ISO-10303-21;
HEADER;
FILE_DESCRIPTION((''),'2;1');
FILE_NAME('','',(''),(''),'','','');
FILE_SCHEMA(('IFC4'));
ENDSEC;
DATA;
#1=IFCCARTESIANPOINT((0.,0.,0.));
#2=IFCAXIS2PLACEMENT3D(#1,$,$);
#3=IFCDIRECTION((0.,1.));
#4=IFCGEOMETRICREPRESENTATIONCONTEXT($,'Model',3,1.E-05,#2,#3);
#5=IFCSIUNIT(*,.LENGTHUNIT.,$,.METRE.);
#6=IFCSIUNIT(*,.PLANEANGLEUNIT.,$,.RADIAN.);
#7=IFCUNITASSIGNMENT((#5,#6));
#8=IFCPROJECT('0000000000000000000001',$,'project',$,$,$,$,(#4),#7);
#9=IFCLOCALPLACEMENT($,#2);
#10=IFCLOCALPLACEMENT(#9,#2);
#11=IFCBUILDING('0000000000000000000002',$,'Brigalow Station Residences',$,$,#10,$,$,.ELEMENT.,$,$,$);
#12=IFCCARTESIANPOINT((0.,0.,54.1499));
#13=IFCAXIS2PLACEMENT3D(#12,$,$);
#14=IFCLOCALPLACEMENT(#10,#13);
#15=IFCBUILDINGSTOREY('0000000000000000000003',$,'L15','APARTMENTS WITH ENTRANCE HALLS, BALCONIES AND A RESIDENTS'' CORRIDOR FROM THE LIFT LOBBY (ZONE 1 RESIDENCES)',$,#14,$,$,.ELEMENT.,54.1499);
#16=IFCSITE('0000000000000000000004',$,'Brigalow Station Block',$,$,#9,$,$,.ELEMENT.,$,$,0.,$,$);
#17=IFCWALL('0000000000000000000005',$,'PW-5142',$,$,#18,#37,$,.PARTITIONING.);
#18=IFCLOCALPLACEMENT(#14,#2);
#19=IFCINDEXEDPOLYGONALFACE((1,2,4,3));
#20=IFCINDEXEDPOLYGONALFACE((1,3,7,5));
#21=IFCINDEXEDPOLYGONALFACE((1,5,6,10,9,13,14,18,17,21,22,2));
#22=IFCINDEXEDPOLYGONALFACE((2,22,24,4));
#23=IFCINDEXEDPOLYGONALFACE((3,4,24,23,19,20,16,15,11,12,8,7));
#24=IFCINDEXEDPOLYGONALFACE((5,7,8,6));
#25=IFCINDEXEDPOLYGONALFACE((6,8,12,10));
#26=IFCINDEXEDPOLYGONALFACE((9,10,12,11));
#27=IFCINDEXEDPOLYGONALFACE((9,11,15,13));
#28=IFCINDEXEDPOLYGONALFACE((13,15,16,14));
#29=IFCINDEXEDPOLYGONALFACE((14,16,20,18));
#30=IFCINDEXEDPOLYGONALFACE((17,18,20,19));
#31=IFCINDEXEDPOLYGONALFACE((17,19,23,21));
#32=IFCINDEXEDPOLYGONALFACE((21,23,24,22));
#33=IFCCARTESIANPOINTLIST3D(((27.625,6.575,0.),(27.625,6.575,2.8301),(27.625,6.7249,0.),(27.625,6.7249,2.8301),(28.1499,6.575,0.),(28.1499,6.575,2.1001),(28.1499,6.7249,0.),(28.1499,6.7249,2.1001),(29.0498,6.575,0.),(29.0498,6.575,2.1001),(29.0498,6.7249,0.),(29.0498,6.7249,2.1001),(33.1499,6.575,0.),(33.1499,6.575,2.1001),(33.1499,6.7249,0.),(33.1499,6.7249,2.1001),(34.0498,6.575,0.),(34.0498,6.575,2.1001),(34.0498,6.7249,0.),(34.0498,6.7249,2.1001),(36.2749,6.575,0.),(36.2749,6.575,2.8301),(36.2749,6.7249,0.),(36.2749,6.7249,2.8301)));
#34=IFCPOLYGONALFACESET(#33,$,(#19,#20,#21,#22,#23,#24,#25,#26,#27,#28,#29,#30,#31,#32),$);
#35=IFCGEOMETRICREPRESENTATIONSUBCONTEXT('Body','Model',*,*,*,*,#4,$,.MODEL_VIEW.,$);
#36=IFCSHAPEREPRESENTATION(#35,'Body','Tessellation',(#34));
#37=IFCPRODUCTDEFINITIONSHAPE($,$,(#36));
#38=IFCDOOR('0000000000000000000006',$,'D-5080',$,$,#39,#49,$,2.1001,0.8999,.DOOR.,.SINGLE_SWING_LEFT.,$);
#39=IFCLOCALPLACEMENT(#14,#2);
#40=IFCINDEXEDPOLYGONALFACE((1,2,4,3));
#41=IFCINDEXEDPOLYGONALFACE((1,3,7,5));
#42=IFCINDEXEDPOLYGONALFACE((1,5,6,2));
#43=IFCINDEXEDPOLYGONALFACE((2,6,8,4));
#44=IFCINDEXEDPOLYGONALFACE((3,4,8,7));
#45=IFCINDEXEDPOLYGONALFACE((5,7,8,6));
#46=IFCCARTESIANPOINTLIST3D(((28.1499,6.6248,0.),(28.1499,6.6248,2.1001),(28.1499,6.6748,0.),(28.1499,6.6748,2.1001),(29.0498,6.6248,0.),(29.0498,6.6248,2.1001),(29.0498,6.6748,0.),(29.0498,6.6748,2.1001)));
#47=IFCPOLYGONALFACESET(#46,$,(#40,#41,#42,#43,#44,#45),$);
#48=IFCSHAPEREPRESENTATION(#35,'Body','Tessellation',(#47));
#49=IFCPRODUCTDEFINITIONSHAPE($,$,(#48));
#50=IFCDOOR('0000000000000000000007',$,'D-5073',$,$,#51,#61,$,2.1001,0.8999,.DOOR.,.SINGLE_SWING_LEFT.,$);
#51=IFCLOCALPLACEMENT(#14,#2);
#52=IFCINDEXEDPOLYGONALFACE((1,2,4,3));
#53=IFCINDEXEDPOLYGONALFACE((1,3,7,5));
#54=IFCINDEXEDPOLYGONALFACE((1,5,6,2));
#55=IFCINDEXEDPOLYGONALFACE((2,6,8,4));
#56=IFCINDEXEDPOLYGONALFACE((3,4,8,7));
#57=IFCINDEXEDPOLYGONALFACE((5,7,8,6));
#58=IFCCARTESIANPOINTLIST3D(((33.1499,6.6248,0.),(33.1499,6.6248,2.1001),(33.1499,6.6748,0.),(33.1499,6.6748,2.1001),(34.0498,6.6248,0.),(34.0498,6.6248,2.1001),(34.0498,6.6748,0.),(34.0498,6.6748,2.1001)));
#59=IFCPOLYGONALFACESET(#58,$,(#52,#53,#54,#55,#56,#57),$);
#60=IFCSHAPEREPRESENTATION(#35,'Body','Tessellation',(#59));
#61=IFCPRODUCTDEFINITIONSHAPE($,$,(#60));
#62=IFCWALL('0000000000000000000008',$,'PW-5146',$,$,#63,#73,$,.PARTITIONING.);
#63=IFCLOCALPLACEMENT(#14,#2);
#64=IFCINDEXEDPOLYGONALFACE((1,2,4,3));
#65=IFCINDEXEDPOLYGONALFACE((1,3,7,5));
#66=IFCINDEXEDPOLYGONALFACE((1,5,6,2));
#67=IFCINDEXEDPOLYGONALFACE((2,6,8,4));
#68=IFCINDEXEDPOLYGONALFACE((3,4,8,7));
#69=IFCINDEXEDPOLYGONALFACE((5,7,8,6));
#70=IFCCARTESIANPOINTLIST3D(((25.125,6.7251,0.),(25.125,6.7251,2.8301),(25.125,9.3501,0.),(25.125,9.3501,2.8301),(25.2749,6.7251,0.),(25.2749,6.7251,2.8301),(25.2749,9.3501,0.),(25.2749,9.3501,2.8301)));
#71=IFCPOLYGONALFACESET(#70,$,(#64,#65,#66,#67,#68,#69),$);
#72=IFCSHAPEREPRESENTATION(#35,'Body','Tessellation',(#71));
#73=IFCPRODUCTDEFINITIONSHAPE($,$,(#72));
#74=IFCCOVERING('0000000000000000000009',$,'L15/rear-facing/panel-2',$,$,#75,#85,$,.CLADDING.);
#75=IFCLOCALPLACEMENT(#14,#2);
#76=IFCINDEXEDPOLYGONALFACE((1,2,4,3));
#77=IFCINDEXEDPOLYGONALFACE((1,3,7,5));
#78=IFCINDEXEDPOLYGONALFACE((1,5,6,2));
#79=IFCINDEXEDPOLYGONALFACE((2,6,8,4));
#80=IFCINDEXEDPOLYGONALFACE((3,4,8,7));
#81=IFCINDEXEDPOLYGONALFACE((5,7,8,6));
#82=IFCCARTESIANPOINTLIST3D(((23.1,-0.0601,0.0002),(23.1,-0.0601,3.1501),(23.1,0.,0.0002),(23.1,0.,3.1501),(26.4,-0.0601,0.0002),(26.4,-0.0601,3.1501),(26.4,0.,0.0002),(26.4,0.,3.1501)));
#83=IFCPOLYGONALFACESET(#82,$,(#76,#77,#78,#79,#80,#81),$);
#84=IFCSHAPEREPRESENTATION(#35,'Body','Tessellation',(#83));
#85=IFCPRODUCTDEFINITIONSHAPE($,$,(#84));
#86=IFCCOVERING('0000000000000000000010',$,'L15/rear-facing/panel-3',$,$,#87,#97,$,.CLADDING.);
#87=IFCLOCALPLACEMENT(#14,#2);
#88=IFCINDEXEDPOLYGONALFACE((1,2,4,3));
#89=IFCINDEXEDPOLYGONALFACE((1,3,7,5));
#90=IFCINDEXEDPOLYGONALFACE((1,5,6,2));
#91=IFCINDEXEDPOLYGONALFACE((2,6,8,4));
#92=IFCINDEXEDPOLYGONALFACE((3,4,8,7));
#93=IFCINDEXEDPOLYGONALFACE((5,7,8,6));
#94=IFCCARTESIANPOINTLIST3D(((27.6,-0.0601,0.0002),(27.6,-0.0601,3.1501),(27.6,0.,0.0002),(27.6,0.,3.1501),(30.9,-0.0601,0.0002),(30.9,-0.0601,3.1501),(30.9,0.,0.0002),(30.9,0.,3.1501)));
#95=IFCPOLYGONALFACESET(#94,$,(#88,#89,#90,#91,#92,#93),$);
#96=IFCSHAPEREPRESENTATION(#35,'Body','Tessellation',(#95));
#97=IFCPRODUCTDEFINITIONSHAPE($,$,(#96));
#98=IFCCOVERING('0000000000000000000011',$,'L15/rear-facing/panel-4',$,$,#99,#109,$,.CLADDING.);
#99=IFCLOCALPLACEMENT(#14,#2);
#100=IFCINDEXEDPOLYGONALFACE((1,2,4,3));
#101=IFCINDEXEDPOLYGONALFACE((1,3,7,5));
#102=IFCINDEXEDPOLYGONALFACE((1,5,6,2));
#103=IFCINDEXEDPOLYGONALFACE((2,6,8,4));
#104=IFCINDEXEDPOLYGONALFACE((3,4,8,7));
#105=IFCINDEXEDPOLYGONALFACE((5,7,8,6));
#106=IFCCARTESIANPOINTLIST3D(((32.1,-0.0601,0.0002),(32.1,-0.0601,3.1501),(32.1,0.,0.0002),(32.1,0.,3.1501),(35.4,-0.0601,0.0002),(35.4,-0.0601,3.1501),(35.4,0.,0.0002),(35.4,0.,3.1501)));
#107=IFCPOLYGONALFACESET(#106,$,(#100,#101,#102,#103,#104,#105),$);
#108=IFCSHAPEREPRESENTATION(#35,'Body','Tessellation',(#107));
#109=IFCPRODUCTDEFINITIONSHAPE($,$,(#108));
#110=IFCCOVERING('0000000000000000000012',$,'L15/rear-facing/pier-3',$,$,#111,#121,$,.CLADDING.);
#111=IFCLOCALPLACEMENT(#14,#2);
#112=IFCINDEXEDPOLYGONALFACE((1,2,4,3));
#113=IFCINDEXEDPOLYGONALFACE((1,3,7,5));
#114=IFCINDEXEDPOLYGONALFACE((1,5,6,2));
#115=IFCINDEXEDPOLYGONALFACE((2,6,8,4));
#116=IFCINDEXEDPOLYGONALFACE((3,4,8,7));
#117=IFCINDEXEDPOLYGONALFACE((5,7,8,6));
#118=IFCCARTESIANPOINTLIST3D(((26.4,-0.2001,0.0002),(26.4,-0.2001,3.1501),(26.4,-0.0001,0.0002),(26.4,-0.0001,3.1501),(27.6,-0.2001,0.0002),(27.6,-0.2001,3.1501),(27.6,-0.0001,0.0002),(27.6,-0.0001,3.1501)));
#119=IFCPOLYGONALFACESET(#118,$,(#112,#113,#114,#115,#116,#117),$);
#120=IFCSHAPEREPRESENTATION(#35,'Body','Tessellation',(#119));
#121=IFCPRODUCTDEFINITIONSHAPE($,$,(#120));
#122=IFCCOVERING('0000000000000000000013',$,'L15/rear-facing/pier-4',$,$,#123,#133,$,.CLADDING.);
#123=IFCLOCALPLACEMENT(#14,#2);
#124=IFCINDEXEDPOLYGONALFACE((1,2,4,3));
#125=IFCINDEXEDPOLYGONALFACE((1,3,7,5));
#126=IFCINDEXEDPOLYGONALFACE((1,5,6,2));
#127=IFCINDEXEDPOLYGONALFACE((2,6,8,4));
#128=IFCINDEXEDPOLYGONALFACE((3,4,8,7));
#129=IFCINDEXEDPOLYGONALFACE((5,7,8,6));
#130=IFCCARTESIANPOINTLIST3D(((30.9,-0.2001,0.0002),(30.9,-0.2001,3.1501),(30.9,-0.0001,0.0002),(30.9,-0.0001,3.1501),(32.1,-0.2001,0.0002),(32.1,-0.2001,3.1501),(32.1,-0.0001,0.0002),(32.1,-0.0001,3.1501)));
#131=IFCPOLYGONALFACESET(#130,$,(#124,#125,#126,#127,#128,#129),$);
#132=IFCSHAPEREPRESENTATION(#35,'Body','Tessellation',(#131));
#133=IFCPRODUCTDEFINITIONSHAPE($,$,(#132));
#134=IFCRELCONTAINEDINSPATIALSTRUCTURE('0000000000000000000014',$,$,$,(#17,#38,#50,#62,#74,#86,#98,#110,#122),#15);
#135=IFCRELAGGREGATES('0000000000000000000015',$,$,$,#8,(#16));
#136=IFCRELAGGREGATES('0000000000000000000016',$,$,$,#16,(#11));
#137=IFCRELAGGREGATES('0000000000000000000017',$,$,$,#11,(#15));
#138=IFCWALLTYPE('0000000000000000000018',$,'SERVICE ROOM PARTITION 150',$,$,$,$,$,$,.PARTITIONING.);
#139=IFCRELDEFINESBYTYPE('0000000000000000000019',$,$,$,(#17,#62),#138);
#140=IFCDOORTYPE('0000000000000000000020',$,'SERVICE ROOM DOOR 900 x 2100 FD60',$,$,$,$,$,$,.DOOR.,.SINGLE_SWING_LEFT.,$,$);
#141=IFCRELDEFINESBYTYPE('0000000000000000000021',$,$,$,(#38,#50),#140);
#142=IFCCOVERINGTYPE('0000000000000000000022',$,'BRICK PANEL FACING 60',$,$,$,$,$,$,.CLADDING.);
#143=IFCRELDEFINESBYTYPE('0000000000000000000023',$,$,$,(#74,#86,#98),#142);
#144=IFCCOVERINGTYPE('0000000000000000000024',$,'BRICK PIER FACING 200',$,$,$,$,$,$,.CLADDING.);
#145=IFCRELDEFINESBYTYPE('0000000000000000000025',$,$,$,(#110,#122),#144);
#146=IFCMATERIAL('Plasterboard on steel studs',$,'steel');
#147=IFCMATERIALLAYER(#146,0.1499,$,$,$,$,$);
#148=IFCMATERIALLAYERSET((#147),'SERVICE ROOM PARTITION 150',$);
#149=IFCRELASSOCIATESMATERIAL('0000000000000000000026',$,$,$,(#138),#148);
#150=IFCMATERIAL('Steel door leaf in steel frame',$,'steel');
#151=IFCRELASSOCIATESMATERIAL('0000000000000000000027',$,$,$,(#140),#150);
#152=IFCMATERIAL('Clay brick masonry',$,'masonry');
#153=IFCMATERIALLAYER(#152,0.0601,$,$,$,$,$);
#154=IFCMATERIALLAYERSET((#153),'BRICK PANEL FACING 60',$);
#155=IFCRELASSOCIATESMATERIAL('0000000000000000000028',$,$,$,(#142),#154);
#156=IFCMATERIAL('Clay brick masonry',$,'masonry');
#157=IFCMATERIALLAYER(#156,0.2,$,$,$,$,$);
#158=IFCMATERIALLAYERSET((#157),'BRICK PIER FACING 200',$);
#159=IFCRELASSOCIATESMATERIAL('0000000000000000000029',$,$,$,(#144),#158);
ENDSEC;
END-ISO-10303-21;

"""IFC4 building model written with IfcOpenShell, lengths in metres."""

from ifc_helpers import new_model, si_unit, direction, frame, frame_2d, origin, origin_2d, place, context, subcontext, project, spatial, rectangle, extrude, material, layer, layer_set, type_object, element, fill, save


model = new_model("IFC4")

# Units and contexts
model_context = context("Model", 3, precision=1e-05, world=origin(), true_north=direction((0.0, 1.0)))
body_context = subcontext(model_context, "Body", "Model", "MODEL_VIEW")
ifc_project = project(units=[si_unit("LENGTHUNIT", "METRE"), si_unit("PLANEANGLEUNIT", "RADIAN")], contexts=[model_context])

# Site, building, storey
site_placement = place(None, origin())
site = spatial("IfcSite", under=ifc_project, at=site_placement, Name="Brigalow Station Block", CompositionType="ELEMENT", RefElevation=0.0)
building_placement = place(site_placement, origin())
building = spatial("IfcBuilding", under=site, at=building_placement, Name="Brigalow Station Residences", CompositionType="ELEMENT")
storey_placement = place(building_placement, frame((0.0, 0.0, 54.1499)))
storey = spatial("IfcBuildingStorey", under=building, at=storey_placement, Name="L15", Description="APARTMENTS WITH ENTRANCE HALLS, BALCONIES AND A RESIDENTS' CORRIDOR FROM THE LIFT LOBBY (ZONE 1 RESIDENCES)", CompositionType="ELEMENT", Elevation=54.1499)

# Wall, openings, doors
ifc_material_1 = material(Name="Plasterboard on steel studs", Category="steel")
ifc_layer_1 = layer(ifc_material_1, 0.1499)
ifc_layer_set_1 = layer_set([ifc_layer_1], Name="SERVICE ROOM PARTITION 150")
wall_type_1 = type_object("IfcWallType", Name="SERVICE ROOM PARTITION 150", PredefinedType="PARTITIONING", material=ifc_layer_set_1)
wall_1_placement = place(storey_placement, frame((27.625, 6.6499, 0.0), z_axis=(0.0, 0.0, 1.0), x_axis=(1.0, 0.0, 0.0)))
wall_1 = element("IfcWall", 1, at=wall_1_placement, inside=storey, type_object=wall_type_1, Name="PW-5142", PredefinedType="PARTITIONING", context=body_context, shape_type="SweptSolid", body=[
    extrude(rectangle(XDim=8.6499, YDim=0.1499, at=frame_2d((4.325, 0.0))), origin(), (0.0, 0.0, 1.0), 2.8301),
])
opening_1_placement = place(wall_1_placement, frame((0.5249, 0.0, 0.0)))
opening_1 = element("IfcOpeningElement", 2, at=opening_1_placement, cuts=wall_1, PredefinedType="OPENING", context=body_context, shape_type="SweptSolid", body=[
    extrude(rectangle(XDim=0.8999, YDim=2.1001, at=frame_2d((0.45, 1.05))), frame((0.0, 0.085, 0.0), z_axis=(0.0, -1.0, 0.0), x_axis=(1.0, 0.0, 0.0)), (0.0, 0.0, 1.0), 0.1699),
])
opening_2_placement = place(wall_1_placement, frame((5.5249, 0.0, 0.0)))
opening_2 = element("IfcOpeningElement", 3, at=opening_2_placement, cuts=wall_1, PredefinedType="OPENING", context=body_context, shape_type="SweptSolid", body=[
    extrude(rectangle(XDim=0.8999, YDim=2.1001, at=frame_2d((0.45, 1.05))), frame((0.0, 0.085, 0.0), z_axis=(0.0, -1.0, 0.0), x_axis=(1.0, 0.0, 0.0)), (0.0, 0.0, 1.0), 0.1699),
])
ifc_material_2 = material(Name="Steel door leaf in steel frame", Category="steel")
door_type_1 = type_object("IfcDoorType", Name="SERVICE ROOM DOOR 900 x 2100 FD60", OperationType="SINGLE_SWING_LEFT", PredefinedType="DOOR", material=ifc_material_2)
door_1_placement = place(opening_1_placement, origin())
door_1 = element("IfcDoor", 4, at=door_1_placement, inside=storey, type_object=door_type_1, Name="D-5080", OperationType="SINGLE_SWING_LEFT", OverallHeight=2.1001, OverallWidth=0.8999, PredefinedType="DOOR", context=body_context, shape_type="SweptSolid", body=[
    extrude(rectangle(XDim=0.8999, YDim=2.1001, at=frame_2d((0.45, 1.05))), frame((0.0, 0.0249, 0.0), z_axis=(0.0, -1.0, 0.0), x_axis=(1.0, 0.0, 0.0)), (0.0, 0.0, 1.0), 0.05),
])
fill(opening_1, door_1)
door_2_placement = place(opening_2_placement, origin())
door_2 = element("IfcDoor", 5, at=door_2_placement, inside=storey, type_object=door_type_1, Name="D-5073", OperationType="SINGLE_SWING_LEFT", OverallHeight=2.1001, OverallWidth=0.8999, PredefinedType="DOOR", context=body_context, shape_type="SweptSolid", body=[
    extrude(rectangle(XDim=0.8999, YDim=2.1001, at=frame_2d((0.45, 1.05))), frame((0.0, 0.0249, 0.0), z_axis=(0.0, -1.0, 0.0), x_axis=(1.0, 0.0, 0.0)), (0.0, 0.0, 1.0), 0.05),
])
fill(opening_2, door_2)

# Wall
wall_2_placement = place(storey_placement, frame((25.2, 6.7251, 0.0), z_axis=(0.0, 0.0, 1.0), x_axis=(0.0, 1.0, 0.0)))
element("IfcWall", 6, at=wall_2_placement, inside=storey, type_object=wall_type_1, Name="PW-5146", PredefinedType="PARTITIONING", context=body_context, shape_type="SweptSolid", body=[
    extrude(rectangle(XDim=2.625, YDim=0.1499, at=frame_2d((1.3125, 0.0))), origin(), (0.0, 0.0, 1.0), 2.8301),
])

# Coverings
ifc_material_3 = material(Name="Clay brick masonry", Category="masonry")
ifc_layer_2 = layer(ifc_material_3, 0.0601)
ifc_layer_set_2 = layer_set([ifc_layer_2], Name="BRICK PANEL FACING 60")
covering_type_1 = type_object("IfcCoveringType", Name="BRICK PANEL FACING 60", PredefinedType="CLADDING", material=ifc_layer_set_2)
for number, where, z_axis, x_axis, name in (
    (7, (24.75, -0.03, 0.0002), (0.0, 0.0, 1.0), (1.0, 0.0, 0.0), "L15/rear-facing/panel-2"),
    (8, (29.25, -0.03, 0.0002), (0.0, 0.0, 1.0), (1.0, 0.0, 0.0), "L15/rear-facing/panel-3"),
    (9, (33.75, -0.03, 0.0002), (0.0, 0.0, 1.0), (1.0, 0.0, 0.0), "L15/rear-facing/panel-4"),
):
    element("IfcCovering", number, at=place(storey_placement, frame(where, z_axis=z_axis, x_axis=x_axis)), inside=storey, type_object=covering_type_1, Name=name, PredefinedType="CLADDING", context=body_context, shape_type="SweptSolid", body=[
        extrude(rectangle(XDim=3.3, YDim=0.0601, at=origin_2d()), origin(), (0.0, 0.0, 1.0), 3.1499),
    ])
ifc_material_4 = material(Name="Clay brick masonry", Category="masonry")
ifc_layer_3 = layer(ifc_material_4, 0.2)
ifc_layer_set_3 = layer_set([ifc_layer_3], Name="BRICK PIER FACING 200")
covering_type_2 = type_object("IfcCoveringType", Name="BRICK PIER FACING 200", PredefinedType="CLADDING", material=ifc_layer_set_3)
for number, where, z_axis, x_axis, name in (
    (10, (27.0, -0.1001, 0.0002), (0.0, 0.0, 1.0), (1.0, 0.0, 0.0), "L15/rear-facing/pier-3"),
    (11, (31.5, -0.1001, 0.0002), (0.0, 0.0, 1.0), (1.0, 0.0, 0.0), "L15/rear-facing/pier-4"),
):
    element("IfcCovering", number, at=place(storey_placement, frame(where, z_axis=z_axis, x_axis=x_axis)), inside=storey, type_object=covering_type_2, Name=name, PredefinedType="CLADDING", context=body_context, shape_type="SweptSolid", body=[
        extrude(rectangle(XDim=1.2, YDim=0.2, at=origin_2d()), origin(), (0.0, 0.0, 1.0), 3.1499),
    ])

save(model, "model.ifc")
